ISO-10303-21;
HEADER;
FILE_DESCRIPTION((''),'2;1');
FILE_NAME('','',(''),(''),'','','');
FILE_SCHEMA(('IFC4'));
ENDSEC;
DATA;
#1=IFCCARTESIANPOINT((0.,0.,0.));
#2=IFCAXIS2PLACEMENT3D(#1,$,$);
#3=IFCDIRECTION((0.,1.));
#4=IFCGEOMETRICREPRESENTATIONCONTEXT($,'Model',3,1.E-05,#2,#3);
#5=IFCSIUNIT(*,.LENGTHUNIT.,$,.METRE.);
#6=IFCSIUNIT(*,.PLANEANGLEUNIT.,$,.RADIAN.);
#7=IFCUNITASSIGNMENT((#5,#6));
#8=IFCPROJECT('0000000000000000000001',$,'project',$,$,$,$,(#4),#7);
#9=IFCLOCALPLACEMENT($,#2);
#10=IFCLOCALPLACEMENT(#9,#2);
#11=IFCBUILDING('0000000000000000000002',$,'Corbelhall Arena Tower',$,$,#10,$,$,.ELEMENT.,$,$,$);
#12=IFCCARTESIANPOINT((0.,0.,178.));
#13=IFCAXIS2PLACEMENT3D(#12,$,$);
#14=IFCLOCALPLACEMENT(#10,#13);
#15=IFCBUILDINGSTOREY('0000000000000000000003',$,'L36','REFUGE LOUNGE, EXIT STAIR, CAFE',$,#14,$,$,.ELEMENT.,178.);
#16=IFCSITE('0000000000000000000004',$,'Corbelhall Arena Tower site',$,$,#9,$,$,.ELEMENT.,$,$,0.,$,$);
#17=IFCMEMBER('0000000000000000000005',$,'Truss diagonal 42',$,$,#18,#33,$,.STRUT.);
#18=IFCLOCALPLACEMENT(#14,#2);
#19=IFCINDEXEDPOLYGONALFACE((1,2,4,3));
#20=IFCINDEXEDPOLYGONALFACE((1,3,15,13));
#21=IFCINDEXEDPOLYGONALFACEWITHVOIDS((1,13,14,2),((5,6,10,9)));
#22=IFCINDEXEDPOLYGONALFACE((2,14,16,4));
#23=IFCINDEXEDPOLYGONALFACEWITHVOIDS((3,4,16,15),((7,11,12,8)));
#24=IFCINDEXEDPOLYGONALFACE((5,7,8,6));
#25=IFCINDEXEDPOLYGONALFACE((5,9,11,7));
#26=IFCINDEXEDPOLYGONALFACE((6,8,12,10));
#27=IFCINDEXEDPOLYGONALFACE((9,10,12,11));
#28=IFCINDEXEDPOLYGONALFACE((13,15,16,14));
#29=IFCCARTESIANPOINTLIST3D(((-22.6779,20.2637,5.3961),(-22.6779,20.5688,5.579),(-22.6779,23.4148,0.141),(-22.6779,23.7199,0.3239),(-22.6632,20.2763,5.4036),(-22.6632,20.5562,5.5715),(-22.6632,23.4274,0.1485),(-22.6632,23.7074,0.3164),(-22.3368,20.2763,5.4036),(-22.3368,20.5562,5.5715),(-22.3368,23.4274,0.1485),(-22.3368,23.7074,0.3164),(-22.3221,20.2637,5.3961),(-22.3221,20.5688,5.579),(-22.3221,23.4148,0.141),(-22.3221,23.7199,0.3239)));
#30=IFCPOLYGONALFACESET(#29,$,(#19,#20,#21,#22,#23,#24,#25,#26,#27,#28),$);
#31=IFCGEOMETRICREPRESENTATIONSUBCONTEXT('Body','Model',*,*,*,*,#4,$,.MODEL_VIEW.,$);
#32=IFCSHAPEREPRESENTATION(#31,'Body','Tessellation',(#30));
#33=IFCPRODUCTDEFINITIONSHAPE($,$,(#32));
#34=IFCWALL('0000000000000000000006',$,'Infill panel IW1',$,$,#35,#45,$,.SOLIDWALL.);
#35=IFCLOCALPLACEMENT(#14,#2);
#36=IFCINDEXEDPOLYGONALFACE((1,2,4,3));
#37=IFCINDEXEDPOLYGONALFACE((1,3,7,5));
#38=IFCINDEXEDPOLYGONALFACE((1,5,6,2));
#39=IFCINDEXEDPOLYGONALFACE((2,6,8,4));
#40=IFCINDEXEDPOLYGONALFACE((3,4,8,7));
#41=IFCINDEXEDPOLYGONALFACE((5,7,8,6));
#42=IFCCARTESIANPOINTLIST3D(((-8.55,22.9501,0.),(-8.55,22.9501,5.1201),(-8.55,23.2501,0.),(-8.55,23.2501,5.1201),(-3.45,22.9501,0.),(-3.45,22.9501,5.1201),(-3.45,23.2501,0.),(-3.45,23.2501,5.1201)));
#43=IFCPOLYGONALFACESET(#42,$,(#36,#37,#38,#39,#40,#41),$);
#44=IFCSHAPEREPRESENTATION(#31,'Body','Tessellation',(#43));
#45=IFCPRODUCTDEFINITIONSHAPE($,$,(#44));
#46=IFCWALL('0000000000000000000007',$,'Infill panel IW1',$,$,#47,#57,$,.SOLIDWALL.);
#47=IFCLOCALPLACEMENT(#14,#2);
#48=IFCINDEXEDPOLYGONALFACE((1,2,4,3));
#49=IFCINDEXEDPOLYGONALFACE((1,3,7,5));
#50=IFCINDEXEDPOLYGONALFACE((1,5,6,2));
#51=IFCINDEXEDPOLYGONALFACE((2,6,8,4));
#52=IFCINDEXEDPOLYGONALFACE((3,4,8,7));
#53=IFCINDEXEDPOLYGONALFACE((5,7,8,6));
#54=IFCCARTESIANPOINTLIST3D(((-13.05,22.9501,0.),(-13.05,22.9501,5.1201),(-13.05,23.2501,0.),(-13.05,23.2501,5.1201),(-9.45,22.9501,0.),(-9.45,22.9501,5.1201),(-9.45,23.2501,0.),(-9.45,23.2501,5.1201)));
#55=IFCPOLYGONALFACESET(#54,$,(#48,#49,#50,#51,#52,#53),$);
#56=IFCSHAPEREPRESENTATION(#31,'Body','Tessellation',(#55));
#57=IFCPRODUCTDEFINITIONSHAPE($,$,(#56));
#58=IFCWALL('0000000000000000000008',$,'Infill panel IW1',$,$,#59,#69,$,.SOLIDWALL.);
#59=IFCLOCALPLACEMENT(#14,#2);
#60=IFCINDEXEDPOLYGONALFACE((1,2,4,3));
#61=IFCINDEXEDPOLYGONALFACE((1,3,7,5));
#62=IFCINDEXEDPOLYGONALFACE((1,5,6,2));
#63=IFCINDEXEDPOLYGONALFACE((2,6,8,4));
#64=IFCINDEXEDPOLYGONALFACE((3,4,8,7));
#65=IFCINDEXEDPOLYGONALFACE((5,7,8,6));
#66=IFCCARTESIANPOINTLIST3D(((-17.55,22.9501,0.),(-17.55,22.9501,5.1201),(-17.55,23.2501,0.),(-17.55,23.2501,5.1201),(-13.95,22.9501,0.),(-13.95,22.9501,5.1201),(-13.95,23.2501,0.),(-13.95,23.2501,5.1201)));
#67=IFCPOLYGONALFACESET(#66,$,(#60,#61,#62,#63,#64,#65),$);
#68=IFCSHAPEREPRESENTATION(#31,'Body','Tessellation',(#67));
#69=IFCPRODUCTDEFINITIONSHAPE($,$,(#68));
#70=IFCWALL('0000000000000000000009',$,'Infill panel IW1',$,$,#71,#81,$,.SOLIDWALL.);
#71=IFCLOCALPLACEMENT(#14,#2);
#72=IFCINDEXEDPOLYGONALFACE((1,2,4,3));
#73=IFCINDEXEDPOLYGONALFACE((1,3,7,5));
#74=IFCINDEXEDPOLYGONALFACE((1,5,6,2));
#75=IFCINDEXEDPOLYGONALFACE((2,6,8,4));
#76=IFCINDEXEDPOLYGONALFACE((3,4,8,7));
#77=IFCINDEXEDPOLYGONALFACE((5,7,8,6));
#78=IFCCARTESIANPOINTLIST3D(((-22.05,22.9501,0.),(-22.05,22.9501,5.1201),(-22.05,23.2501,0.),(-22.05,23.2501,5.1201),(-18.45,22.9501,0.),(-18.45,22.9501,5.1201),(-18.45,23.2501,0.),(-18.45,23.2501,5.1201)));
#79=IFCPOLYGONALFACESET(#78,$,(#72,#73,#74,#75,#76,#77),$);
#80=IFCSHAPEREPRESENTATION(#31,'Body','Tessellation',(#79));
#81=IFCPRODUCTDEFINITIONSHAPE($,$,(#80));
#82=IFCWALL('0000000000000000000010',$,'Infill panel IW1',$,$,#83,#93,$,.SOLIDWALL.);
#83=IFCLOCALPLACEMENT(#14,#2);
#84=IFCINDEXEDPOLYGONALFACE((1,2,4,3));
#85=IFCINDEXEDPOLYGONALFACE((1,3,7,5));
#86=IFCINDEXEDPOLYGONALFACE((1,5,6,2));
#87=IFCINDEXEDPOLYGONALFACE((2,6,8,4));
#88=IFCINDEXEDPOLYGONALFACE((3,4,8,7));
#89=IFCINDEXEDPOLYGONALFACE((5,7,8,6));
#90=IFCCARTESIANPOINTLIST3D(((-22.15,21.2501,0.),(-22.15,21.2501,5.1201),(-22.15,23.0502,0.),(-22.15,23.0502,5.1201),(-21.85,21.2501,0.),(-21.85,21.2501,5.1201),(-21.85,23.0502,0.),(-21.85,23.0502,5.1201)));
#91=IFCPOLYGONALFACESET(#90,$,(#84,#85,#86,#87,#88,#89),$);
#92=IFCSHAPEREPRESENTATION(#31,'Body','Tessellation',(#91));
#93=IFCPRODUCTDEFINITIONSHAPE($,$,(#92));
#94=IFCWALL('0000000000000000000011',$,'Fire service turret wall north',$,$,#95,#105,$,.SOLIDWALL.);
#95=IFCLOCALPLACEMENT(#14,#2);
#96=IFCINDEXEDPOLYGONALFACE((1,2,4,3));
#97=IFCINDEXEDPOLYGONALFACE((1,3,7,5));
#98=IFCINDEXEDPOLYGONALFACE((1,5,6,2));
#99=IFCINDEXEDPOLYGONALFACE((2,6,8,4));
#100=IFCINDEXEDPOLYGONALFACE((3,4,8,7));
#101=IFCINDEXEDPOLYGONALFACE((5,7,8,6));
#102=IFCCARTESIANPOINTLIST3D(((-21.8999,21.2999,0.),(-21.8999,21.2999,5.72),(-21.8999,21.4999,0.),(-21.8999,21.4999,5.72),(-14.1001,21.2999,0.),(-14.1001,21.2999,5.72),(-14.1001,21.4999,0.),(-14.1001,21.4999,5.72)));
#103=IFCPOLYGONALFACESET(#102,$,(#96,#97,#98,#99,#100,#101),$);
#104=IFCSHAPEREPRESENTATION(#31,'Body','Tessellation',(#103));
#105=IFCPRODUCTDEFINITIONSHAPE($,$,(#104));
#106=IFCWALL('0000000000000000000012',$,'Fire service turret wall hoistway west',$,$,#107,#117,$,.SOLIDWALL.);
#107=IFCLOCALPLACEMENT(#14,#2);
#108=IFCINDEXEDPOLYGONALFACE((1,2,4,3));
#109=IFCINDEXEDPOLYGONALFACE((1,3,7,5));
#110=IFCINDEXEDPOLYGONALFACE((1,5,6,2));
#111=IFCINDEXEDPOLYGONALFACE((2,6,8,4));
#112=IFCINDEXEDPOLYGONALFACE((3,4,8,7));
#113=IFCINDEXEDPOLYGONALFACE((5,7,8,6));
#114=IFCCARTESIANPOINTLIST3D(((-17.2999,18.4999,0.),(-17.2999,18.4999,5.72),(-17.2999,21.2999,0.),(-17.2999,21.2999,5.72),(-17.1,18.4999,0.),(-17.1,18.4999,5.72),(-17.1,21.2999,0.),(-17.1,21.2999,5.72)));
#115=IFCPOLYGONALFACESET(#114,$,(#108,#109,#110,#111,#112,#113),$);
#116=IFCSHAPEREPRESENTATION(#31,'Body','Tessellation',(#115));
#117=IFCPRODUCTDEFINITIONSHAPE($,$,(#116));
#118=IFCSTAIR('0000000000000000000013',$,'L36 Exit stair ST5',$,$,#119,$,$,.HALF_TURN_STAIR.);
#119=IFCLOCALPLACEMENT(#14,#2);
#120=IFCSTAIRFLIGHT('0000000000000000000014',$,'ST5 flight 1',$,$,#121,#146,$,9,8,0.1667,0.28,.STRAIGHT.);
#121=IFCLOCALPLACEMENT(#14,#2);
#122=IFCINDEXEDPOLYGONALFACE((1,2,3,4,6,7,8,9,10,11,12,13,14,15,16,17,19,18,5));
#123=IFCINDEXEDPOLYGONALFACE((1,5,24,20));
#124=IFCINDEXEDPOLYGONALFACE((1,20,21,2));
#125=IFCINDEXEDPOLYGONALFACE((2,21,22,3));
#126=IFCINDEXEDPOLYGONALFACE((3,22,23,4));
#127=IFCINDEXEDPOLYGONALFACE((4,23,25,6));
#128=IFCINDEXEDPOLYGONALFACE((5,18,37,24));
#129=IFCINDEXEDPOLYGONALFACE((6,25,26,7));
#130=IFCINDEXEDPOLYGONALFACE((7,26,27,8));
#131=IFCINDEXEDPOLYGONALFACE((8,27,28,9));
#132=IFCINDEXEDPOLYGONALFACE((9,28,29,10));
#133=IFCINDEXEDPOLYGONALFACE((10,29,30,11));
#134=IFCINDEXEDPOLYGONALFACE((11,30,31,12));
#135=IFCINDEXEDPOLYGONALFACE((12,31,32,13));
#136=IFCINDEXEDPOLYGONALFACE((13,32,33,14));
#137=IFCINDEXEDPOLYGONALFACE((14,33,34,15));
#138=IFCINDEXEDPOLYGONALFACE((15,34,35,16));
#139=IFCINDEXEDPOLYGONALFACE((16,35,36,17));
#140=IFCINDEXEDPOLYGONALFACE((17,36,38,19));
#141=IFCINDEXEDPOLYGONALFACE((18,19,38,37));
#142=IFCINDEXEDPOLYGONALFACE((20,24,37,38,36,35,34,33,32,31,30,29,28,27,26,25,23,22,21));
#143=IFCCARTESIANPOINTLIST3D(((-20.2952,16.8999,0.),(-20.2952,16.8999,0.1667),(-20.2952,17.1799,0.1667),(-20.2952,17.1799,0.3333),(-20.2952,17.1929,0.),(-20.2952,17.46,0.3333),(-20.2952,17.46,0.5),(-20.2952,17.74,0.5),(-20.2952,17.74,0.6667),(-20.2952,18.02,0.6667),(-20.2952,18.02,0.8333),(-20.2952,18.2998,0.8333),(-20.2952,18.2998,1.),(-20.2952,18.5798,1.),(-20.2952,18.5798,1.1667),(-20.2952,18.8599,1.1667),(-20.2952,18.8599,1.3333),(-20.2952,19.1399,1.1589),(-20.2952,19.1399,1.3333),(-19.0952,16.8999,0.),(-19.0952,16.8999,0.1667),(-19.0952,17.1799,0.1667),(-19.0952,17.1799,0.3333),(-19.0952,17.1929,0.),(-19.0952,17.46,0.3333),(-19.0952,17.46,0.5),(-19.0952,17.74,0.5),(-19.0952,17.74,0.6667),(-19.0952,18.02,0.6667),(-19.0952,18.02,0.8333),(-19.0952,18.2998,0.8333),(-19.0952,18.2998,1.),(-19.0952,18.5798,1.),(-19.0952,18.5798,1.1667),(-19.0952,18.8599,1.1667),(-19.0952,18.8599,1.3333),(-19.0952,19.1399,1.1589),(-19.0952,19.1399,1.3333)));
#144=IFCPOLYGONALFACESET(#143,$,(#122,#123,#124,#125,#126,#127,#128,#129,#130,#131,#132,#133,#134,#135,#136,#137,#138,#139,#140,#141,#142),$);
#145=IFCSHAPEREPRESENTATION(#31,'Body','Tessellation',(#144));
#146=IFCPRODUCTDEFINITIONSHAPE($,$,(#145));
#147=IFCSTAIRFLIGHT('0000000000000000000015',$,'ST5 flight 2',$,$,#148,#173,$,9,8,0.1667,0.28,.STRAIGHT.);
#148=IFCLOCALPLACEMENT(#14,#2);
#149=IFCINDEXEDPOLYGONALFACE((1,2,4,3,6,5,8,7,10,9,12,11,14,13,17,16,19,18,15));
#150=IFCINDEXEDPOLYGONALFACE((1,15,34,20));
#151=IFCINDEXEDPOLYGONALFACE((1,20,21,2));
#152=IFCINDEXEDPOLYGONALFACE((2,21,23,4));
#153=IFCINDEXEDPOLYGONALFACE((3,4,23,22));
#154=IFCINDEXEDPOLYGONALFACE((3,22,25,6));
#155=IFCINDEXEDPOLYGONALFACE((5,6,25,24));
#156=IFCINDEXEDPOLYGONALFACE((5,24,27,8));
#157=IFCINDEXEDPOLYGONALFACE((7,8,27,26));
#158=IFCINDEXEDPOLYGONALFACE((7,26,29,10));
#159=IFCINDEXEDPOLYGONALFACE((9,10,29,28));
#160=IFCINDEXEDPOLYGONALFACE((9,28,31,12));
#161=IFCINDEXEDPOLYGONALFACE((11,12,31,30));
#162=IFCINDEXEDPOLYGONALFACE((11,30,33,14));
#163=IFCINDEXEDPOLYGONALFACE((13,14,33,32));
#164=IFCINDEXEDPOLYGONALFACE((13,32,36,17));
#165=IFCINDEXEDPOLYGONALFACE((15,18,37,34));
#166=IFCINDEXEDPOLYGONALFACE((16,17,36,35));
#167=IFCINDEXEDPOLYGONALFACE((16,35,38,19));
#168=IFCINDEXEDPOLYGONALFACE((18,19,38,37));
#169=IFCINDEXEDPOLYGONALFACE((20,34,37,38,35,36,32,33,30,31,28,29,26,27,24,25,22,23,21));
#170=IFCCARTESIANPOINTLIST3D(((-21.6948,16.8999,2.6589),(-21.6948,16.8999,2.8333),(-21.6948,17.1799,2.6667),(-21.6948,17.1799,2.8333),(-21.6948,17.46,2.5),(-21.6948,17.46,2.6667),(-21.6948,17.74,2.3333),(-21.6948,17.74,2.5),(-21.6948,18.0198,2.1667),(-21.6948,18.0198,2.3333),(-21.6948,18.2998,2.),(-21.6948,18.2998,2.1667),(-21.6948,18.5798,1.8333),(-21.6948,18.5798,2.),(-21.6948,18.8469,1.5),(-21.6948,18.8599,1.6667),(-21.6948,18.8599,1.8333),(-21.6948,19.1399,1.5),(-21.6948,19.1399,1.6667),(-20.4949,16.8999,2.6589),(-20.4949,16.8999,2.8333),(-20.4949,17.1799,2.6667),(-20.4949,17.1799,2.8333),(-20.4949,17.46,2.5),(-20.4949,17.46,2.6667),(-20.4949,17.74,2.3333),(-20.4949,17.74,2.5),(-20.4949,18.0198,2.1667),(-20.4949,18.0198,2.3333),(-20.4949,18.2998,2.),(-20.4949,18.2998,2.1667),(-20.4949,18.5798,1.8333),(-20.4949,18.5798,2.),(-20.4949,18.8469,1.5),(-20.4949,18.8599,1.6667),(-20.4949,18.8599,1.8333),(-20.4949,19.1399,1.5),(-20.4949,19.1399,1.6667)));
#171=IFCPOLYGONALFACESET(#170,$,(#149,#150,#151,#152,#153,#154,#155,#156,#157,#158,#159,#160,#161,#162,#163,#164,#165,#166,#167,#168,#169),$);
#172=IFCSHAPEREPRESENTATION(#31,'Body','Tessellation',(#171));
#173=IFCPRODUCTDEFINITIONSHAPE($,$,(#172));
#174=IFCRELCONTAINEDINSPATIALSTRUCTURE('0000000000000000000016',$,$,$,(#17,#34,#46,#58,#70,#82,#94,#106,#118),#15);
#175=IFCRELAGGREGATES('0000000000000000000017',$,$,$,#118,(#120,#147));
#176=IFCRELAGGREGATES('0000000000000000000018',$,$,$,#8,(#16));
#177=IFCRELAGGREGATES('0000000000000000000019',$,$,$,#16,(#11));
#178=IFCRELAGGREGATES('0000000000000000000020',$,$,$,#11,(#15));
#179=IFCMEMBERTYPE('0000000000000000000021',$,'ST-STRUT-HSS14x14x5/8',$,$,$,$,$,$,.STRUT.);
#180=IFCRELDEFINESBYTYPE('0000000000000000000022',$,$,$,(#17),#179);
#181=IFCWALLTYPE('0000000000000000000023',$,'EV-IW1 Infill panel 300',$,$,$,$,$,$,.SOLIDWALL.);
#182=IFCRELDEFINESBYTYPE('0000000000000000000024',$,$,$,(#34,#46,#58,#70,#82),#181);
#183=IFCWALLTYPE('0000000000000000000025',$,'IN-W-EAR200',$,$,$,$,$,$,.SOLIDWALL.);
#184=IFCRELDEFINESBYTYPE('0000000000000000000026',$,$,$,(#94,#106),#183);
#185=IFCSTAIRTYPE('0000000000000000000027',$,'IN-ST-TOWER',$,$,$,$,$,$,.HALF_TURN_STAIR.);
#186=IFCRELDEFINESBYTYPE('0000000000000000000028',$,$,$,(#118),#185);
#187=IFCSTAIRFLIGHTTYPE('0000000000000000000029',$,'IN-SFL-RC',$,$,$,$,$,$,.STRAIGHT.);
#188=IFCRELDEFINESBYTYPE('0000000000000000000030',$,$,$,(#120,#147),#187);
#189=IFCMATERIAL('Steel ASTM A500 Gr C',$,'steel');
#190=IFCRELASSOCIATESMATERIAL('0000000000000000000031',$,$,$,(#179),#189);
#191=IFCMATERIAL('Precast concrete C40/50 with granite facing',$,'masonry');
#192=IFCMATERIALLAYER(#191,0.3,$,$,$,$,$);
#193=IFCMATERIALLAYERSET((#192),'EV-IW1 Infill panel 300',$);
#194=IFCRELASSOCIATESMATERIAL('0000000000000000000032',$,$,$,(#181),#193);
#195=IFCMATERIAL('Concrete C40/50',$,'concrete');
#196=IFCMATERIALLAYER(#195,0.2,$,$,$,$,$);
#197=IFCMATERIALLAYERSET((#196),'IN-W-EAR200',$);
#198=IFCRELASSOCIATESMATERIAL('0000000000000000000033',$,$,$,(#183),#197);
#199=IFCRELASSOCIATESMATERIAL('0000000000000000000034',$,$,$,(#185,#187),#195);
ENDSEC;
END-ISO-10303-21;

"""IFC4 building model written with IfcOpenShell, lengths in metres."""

from ifc_helpers import new_model, si_unit, direction, frame, frame_2d, origin, origin_2d, place, context, subcontext, project, spatial, polyline, rectangle, hollow_rectangle, outline, extrude, material, layer, layer_set, material_profile, profile_set, type_object, element, aggregate, save


model = new_model("IFC4")

# Units and contexts
model_context = context("Model", 3, precision=1e-05, world=origin(), true_north=direction((0.0, 1.0)))
body_context = subcontext(model_context, "Body", "Model", "MODEL_VIEW")
ifc_project = project(units=[si_unit("LENGTHUNIT", "METRE"), si_unit("PLANEANGLEUNIT", "RADIAN")], contexts=[model_context])

# Site, building, storey
site_placement = place(None, origin())
site = spatial("IfcSite", under=ifc_project, at=site_placement, Name="Corbelhall Arena Tower site", CompositionType="ELEMENT", RefElevation=0.0)
building_placement = place(site_placement, origin())
building = spatial("IfcBuilding", under=site, at=building_placement, Name="Corbelhall Arena Tower", CompositionType="ELEMENT")
storey_placement = place(building_placement, frame((0.0, 0.0, 178.0)))
storey = spatial("IfcBuildingStorey", under=building, at=storey_placement, Name="L36", Description="REFUGE LOUNGE, EXIT STAIR, CAFE", CompositionType="ELEMENT", Elevation=178.0)

# Member
ifc_material_1 = material(Name="Steel ASTM A500 Gr C", Category="steel")
ifc_material_profile_1 = material_profile(ifc_material_1, hollow_rectangle(XDim=0.3557, YDim=0.3557, WallThickness=0.0146, at=origin_2d()))
ifc_profile_set_1 = profile_set([ifc_material_profile_1], Name="Steel ASTM A500 Gr C")
member_type_1 = type_object("IfcMemberType", Name="ST-STRUT-HSS14x14x5/8", PredefinedType="STRUT", material=ifc_profile_set_1)
member_1_placement = place(storey_placement, frame((-22.5, 23.5674, 0.2324), z_axis=(0.0, -0.514261, 0.857634), x_axis=(1.0, 0.0, 0.0)))
element("IfcMember", 1, at=member_1_placement, inside=storey, type_object=member_type_1, Name="Truss diagonal 42", PredefinedType="STRUT", context=body_context, shape_type="SweptSolid", body=[
    extrude(hollow_rectangle(XDim=0.3557, YDim=0.3557, WallThickness=0.0146, at=origin_2d()), origin(), (0.0, 0.0, 1.0), 6.1274),
])

# Walls
ifc_material_2 = material(Name="Precast concrete C40/50 with granite facing", Category="masonry")
ifc_layer_1 = layer(ifc_material_2, 0.3)
ifc_layer_set_1 = layer_set([ifc_layer_1], Name="EV-IW1 Infill panel 300")
wall_type_1 = type_object("IfcWallType", Name="EV-IW1 Infill panel 300", PredefinedType="SOLIDWALL", material=ifc_layer_set_1)
wall_1_placement = place(storey_placement, frame((-3.45, 23.1001, 0.0), z_axis=(0.0, 0.0, 1.0), x_axis=(-1.0, 0.0, 0.0)))
element("IfcWall", 2, at=wall_1_placement, inside=storey, type_object=wall_type_1, Name="Infill panel IW1", PredefinedType="SOLIDWALL", context=body_context, shape_type="SweptSolid", body=[
    extrude(rectangle(XDim=5.1001, YDim=0.3, at=frame_2d((2.55, 0.0))), origin(), (0.0, 0.0, 1.0), 5.1201),
])
for number, where, z_axis, x_axis, name in (
    (3, (-9.45, 23.1001, 0.0), (0.0, 0.0, 1.0), (-1.0, 0.0, 0.0), "Infill panel IW1"),
    (4, (-13.95, 23.1001, 0.0), (0.0, 0.0, 1.0), (-1.0, 0.0, 0.0), "Infill panel IW1"),
    (5, (-18.45, 23.1001, 0.0), (0.0, 0.0, 1.0), (-1.0, 0.0, 0.0), "Infill panel IW1"),
):
    element("IfcWall", number, at=place(storey_placement, frame(where, z_axis=z_axis, x_axis=x_axis)), inside=storey, type_object=wall_type_1, Name=name, PredefinedType="SOLIDWALL", context=body_context, shape_type="SweptSolid", body=[
        extrude(rectangle(XDim=3.6001, YDim=0.3, at=frame_2d((1.8, 0.0))), origin(), (0.0, 0.0, 1.0), 5.1201),
    ])
wall_2_placement = place(storey_placement, frame((-22.0, 23.05, 0.0), z_axis=(0.0, 0.0, 1.0), x_axis=(0.0, -1.0, 0.0)))
element("IfcWall", 6, at=wall_2_placement, inside=storey, type_object=wall_type_1, Name="Infill panel IW1", PredefinedType="SOLIDWALL", context=body_context, shape_type="SweptSolid", body=[
    extrude(rectangle(XDim=1.8, YDim=0.3, at=frame_2d((0.8999, 0.0))), origin(), (0.0, 0.0, 1.0), 5.1201),
])
ifc_material_3 = material(Name="Concrete C40/50", Category="concrete")
ifc_layer_2 = layer(ifc_material_3, 0.2)
ifc_layer_set_2 = layer_set([ifc_layer_2], Name="IN-W-EAR200")
wall_type_2 = type_object("IfcWallType", Name="IN-W-EAR200", PredefinedType="SOLIDWALL", material=ifc_layer_set_2)
wall_3_placement = place(storey_placement, frame((-21.8999, 21.3999, 0.0), z_axis=(0.0, 0.0, 1.0), x_axis=(1.0, 0.0, 0.0)))
element("IfcWall", 7, at=wall_3_placement, inside=storey, type_object=wall_type_2, Name="Fire service turret wall north", PredefinedType="SOLIDWALL", context=body_context, shape_type="SweptSolid", body=[
    extrude(rectangle(XDim=7.7998, YDim=0.2, at=frame_2d((3.8999, 0.0))), origin(), (0.0, 0.0, 1.0), 5.72),
])
wall_4_placement = place(storey_placement, frame((-17.2, 18.5, 0.0), z_axis=(0.0, 0.0, 1.0), x_axis=(0.0, 1.0, 0.0)))
element("IfcWall", 8, at=wall_4_placement, inside=storey, type_object=wall_type_2, Name="Fire service turret wall hoistway west", PredefinedType="SOLIDWALL", context=body_context, shape_type="SweptSolid", body=[
    extrude(rectangle(XDim=2.8, YDim=0.2, at=frame_2d((1.3999, 0.0))), origin(), (0.0, 0.0, 1.0), 5.72),
])

# Stair, stair flights
stair_type = type_object("IfcStairType", Name="IN-ST-TOWER", PredefinedType="HALF_TURN_STAIR", material=ifc_material_3)
stair_placement = place(storey_placement, origin())
stair = element("IfcStair", 9, at=stair_placement, inside=storey, type_object=stair_type, Name="L36 Exit stair ST5", PredefinedType="HALF_TURN_STAIR")
stair_flight_type = type_object("IfcStairFlightType", Name="IN-SFL-RC", PredefinedType="STRAIGHT", material=ifc_material_3)
stair_flight_1_placement = place(storey_placement, frame((-19.6951, 16.8999, 0.0), z_axis=(0.0, 0.0, 1.0), x_axis=(0.0, 1.0, 0.0)))
stair_flight_1 = element("IfcStairFlight", 10, at=stair_flight_1_placement, type_object=stair_flight_type, Name="ST5 flight 1", NumberOfRisers=9, NumberOfTreads=8, PredefinedType="STRAIGHT", RiserHeight=0.1667, TreadLength=0.28, context=body_context, shape_type="SweptSolid", body=[
    extrude(outline(polyline([(0.0, 0.0), (0.0, 0.1667), (0.28, 0.1667), (0.28, 0.3333), (0.5601, 0.3333), (0.5601, 0.5), (0.8401, 0.5), (0.8401, 0.6667), (1.1201, 0.6667), (1.1201, 0.8333), (1.3999, 0.8333), (1.3999, 1.0), (1.6799, 1.0), (1.6799, 1.1667), (1.96, 1.1667), (1.96, 1.3333), (2.24, 1.3333), (2.24, 1.5), (2.24, 1.1589), (0.293, 0.0), (0.0, 0.0)])), frame((0.0, 0.6001, 0.0), z_axis=(0.0, -1.0, 0.0), x_axis=(1.0, 0.0, 0.0)), (0.0, 0.0, 1.0), 1.2),
])
stair_flight_2_placement = place(storey_placement, frame((-21.095, 19.1399, 1.5), z_axis=(0.0, 0.0, 1.0), x_axis=(0.0, -1.0, 0.0)))
stair_flight_2 = element("IfcStairFlight", 11, at=stair_flight_2_placement, type_object=stair_flight_type, Name="ST5 flight 2", NumberOfRisers=9, NumberOfTreads=8, PredefinedType="STRAIGHT", RiserHeight=0.1667, TreadLength=0.28, context=body_context, shape_type="SweptSolid", body=[
    extrude(outline(polyline([(0.0, 0.0), (0.0, 0.1667), (0.28, 0.1667), (0.28, 0.3333), (0.5601, 0.3333), (0.5601, 0.5), (0.8401, 0.5), (0.8401, 0.6667), (1.1201, 0.6667), (1.1201, 0.8333), (1.3999, 0.8333), (1.3999, 1.0), (1.6799, 1.0), (1.6799, 1.1667), (1.96, 1.1667), (1.96, 1.3333), (2.24, 1.3333), (2.24, 1.5), (2.24, 1.1589), (0.293, 0.0), (0.0, 0.0)])), frame((0.0, 0.6001, 0.0), z_axis=(0.0, -1.0, 0.0), x_axis=(1.0, 0.0, 0.0)), (0.0, 0.0, 1.0), 1.2),
])
aggregate(stair, [stair_flight_1, stair_flight_2])

save(model, "model.ifc")
